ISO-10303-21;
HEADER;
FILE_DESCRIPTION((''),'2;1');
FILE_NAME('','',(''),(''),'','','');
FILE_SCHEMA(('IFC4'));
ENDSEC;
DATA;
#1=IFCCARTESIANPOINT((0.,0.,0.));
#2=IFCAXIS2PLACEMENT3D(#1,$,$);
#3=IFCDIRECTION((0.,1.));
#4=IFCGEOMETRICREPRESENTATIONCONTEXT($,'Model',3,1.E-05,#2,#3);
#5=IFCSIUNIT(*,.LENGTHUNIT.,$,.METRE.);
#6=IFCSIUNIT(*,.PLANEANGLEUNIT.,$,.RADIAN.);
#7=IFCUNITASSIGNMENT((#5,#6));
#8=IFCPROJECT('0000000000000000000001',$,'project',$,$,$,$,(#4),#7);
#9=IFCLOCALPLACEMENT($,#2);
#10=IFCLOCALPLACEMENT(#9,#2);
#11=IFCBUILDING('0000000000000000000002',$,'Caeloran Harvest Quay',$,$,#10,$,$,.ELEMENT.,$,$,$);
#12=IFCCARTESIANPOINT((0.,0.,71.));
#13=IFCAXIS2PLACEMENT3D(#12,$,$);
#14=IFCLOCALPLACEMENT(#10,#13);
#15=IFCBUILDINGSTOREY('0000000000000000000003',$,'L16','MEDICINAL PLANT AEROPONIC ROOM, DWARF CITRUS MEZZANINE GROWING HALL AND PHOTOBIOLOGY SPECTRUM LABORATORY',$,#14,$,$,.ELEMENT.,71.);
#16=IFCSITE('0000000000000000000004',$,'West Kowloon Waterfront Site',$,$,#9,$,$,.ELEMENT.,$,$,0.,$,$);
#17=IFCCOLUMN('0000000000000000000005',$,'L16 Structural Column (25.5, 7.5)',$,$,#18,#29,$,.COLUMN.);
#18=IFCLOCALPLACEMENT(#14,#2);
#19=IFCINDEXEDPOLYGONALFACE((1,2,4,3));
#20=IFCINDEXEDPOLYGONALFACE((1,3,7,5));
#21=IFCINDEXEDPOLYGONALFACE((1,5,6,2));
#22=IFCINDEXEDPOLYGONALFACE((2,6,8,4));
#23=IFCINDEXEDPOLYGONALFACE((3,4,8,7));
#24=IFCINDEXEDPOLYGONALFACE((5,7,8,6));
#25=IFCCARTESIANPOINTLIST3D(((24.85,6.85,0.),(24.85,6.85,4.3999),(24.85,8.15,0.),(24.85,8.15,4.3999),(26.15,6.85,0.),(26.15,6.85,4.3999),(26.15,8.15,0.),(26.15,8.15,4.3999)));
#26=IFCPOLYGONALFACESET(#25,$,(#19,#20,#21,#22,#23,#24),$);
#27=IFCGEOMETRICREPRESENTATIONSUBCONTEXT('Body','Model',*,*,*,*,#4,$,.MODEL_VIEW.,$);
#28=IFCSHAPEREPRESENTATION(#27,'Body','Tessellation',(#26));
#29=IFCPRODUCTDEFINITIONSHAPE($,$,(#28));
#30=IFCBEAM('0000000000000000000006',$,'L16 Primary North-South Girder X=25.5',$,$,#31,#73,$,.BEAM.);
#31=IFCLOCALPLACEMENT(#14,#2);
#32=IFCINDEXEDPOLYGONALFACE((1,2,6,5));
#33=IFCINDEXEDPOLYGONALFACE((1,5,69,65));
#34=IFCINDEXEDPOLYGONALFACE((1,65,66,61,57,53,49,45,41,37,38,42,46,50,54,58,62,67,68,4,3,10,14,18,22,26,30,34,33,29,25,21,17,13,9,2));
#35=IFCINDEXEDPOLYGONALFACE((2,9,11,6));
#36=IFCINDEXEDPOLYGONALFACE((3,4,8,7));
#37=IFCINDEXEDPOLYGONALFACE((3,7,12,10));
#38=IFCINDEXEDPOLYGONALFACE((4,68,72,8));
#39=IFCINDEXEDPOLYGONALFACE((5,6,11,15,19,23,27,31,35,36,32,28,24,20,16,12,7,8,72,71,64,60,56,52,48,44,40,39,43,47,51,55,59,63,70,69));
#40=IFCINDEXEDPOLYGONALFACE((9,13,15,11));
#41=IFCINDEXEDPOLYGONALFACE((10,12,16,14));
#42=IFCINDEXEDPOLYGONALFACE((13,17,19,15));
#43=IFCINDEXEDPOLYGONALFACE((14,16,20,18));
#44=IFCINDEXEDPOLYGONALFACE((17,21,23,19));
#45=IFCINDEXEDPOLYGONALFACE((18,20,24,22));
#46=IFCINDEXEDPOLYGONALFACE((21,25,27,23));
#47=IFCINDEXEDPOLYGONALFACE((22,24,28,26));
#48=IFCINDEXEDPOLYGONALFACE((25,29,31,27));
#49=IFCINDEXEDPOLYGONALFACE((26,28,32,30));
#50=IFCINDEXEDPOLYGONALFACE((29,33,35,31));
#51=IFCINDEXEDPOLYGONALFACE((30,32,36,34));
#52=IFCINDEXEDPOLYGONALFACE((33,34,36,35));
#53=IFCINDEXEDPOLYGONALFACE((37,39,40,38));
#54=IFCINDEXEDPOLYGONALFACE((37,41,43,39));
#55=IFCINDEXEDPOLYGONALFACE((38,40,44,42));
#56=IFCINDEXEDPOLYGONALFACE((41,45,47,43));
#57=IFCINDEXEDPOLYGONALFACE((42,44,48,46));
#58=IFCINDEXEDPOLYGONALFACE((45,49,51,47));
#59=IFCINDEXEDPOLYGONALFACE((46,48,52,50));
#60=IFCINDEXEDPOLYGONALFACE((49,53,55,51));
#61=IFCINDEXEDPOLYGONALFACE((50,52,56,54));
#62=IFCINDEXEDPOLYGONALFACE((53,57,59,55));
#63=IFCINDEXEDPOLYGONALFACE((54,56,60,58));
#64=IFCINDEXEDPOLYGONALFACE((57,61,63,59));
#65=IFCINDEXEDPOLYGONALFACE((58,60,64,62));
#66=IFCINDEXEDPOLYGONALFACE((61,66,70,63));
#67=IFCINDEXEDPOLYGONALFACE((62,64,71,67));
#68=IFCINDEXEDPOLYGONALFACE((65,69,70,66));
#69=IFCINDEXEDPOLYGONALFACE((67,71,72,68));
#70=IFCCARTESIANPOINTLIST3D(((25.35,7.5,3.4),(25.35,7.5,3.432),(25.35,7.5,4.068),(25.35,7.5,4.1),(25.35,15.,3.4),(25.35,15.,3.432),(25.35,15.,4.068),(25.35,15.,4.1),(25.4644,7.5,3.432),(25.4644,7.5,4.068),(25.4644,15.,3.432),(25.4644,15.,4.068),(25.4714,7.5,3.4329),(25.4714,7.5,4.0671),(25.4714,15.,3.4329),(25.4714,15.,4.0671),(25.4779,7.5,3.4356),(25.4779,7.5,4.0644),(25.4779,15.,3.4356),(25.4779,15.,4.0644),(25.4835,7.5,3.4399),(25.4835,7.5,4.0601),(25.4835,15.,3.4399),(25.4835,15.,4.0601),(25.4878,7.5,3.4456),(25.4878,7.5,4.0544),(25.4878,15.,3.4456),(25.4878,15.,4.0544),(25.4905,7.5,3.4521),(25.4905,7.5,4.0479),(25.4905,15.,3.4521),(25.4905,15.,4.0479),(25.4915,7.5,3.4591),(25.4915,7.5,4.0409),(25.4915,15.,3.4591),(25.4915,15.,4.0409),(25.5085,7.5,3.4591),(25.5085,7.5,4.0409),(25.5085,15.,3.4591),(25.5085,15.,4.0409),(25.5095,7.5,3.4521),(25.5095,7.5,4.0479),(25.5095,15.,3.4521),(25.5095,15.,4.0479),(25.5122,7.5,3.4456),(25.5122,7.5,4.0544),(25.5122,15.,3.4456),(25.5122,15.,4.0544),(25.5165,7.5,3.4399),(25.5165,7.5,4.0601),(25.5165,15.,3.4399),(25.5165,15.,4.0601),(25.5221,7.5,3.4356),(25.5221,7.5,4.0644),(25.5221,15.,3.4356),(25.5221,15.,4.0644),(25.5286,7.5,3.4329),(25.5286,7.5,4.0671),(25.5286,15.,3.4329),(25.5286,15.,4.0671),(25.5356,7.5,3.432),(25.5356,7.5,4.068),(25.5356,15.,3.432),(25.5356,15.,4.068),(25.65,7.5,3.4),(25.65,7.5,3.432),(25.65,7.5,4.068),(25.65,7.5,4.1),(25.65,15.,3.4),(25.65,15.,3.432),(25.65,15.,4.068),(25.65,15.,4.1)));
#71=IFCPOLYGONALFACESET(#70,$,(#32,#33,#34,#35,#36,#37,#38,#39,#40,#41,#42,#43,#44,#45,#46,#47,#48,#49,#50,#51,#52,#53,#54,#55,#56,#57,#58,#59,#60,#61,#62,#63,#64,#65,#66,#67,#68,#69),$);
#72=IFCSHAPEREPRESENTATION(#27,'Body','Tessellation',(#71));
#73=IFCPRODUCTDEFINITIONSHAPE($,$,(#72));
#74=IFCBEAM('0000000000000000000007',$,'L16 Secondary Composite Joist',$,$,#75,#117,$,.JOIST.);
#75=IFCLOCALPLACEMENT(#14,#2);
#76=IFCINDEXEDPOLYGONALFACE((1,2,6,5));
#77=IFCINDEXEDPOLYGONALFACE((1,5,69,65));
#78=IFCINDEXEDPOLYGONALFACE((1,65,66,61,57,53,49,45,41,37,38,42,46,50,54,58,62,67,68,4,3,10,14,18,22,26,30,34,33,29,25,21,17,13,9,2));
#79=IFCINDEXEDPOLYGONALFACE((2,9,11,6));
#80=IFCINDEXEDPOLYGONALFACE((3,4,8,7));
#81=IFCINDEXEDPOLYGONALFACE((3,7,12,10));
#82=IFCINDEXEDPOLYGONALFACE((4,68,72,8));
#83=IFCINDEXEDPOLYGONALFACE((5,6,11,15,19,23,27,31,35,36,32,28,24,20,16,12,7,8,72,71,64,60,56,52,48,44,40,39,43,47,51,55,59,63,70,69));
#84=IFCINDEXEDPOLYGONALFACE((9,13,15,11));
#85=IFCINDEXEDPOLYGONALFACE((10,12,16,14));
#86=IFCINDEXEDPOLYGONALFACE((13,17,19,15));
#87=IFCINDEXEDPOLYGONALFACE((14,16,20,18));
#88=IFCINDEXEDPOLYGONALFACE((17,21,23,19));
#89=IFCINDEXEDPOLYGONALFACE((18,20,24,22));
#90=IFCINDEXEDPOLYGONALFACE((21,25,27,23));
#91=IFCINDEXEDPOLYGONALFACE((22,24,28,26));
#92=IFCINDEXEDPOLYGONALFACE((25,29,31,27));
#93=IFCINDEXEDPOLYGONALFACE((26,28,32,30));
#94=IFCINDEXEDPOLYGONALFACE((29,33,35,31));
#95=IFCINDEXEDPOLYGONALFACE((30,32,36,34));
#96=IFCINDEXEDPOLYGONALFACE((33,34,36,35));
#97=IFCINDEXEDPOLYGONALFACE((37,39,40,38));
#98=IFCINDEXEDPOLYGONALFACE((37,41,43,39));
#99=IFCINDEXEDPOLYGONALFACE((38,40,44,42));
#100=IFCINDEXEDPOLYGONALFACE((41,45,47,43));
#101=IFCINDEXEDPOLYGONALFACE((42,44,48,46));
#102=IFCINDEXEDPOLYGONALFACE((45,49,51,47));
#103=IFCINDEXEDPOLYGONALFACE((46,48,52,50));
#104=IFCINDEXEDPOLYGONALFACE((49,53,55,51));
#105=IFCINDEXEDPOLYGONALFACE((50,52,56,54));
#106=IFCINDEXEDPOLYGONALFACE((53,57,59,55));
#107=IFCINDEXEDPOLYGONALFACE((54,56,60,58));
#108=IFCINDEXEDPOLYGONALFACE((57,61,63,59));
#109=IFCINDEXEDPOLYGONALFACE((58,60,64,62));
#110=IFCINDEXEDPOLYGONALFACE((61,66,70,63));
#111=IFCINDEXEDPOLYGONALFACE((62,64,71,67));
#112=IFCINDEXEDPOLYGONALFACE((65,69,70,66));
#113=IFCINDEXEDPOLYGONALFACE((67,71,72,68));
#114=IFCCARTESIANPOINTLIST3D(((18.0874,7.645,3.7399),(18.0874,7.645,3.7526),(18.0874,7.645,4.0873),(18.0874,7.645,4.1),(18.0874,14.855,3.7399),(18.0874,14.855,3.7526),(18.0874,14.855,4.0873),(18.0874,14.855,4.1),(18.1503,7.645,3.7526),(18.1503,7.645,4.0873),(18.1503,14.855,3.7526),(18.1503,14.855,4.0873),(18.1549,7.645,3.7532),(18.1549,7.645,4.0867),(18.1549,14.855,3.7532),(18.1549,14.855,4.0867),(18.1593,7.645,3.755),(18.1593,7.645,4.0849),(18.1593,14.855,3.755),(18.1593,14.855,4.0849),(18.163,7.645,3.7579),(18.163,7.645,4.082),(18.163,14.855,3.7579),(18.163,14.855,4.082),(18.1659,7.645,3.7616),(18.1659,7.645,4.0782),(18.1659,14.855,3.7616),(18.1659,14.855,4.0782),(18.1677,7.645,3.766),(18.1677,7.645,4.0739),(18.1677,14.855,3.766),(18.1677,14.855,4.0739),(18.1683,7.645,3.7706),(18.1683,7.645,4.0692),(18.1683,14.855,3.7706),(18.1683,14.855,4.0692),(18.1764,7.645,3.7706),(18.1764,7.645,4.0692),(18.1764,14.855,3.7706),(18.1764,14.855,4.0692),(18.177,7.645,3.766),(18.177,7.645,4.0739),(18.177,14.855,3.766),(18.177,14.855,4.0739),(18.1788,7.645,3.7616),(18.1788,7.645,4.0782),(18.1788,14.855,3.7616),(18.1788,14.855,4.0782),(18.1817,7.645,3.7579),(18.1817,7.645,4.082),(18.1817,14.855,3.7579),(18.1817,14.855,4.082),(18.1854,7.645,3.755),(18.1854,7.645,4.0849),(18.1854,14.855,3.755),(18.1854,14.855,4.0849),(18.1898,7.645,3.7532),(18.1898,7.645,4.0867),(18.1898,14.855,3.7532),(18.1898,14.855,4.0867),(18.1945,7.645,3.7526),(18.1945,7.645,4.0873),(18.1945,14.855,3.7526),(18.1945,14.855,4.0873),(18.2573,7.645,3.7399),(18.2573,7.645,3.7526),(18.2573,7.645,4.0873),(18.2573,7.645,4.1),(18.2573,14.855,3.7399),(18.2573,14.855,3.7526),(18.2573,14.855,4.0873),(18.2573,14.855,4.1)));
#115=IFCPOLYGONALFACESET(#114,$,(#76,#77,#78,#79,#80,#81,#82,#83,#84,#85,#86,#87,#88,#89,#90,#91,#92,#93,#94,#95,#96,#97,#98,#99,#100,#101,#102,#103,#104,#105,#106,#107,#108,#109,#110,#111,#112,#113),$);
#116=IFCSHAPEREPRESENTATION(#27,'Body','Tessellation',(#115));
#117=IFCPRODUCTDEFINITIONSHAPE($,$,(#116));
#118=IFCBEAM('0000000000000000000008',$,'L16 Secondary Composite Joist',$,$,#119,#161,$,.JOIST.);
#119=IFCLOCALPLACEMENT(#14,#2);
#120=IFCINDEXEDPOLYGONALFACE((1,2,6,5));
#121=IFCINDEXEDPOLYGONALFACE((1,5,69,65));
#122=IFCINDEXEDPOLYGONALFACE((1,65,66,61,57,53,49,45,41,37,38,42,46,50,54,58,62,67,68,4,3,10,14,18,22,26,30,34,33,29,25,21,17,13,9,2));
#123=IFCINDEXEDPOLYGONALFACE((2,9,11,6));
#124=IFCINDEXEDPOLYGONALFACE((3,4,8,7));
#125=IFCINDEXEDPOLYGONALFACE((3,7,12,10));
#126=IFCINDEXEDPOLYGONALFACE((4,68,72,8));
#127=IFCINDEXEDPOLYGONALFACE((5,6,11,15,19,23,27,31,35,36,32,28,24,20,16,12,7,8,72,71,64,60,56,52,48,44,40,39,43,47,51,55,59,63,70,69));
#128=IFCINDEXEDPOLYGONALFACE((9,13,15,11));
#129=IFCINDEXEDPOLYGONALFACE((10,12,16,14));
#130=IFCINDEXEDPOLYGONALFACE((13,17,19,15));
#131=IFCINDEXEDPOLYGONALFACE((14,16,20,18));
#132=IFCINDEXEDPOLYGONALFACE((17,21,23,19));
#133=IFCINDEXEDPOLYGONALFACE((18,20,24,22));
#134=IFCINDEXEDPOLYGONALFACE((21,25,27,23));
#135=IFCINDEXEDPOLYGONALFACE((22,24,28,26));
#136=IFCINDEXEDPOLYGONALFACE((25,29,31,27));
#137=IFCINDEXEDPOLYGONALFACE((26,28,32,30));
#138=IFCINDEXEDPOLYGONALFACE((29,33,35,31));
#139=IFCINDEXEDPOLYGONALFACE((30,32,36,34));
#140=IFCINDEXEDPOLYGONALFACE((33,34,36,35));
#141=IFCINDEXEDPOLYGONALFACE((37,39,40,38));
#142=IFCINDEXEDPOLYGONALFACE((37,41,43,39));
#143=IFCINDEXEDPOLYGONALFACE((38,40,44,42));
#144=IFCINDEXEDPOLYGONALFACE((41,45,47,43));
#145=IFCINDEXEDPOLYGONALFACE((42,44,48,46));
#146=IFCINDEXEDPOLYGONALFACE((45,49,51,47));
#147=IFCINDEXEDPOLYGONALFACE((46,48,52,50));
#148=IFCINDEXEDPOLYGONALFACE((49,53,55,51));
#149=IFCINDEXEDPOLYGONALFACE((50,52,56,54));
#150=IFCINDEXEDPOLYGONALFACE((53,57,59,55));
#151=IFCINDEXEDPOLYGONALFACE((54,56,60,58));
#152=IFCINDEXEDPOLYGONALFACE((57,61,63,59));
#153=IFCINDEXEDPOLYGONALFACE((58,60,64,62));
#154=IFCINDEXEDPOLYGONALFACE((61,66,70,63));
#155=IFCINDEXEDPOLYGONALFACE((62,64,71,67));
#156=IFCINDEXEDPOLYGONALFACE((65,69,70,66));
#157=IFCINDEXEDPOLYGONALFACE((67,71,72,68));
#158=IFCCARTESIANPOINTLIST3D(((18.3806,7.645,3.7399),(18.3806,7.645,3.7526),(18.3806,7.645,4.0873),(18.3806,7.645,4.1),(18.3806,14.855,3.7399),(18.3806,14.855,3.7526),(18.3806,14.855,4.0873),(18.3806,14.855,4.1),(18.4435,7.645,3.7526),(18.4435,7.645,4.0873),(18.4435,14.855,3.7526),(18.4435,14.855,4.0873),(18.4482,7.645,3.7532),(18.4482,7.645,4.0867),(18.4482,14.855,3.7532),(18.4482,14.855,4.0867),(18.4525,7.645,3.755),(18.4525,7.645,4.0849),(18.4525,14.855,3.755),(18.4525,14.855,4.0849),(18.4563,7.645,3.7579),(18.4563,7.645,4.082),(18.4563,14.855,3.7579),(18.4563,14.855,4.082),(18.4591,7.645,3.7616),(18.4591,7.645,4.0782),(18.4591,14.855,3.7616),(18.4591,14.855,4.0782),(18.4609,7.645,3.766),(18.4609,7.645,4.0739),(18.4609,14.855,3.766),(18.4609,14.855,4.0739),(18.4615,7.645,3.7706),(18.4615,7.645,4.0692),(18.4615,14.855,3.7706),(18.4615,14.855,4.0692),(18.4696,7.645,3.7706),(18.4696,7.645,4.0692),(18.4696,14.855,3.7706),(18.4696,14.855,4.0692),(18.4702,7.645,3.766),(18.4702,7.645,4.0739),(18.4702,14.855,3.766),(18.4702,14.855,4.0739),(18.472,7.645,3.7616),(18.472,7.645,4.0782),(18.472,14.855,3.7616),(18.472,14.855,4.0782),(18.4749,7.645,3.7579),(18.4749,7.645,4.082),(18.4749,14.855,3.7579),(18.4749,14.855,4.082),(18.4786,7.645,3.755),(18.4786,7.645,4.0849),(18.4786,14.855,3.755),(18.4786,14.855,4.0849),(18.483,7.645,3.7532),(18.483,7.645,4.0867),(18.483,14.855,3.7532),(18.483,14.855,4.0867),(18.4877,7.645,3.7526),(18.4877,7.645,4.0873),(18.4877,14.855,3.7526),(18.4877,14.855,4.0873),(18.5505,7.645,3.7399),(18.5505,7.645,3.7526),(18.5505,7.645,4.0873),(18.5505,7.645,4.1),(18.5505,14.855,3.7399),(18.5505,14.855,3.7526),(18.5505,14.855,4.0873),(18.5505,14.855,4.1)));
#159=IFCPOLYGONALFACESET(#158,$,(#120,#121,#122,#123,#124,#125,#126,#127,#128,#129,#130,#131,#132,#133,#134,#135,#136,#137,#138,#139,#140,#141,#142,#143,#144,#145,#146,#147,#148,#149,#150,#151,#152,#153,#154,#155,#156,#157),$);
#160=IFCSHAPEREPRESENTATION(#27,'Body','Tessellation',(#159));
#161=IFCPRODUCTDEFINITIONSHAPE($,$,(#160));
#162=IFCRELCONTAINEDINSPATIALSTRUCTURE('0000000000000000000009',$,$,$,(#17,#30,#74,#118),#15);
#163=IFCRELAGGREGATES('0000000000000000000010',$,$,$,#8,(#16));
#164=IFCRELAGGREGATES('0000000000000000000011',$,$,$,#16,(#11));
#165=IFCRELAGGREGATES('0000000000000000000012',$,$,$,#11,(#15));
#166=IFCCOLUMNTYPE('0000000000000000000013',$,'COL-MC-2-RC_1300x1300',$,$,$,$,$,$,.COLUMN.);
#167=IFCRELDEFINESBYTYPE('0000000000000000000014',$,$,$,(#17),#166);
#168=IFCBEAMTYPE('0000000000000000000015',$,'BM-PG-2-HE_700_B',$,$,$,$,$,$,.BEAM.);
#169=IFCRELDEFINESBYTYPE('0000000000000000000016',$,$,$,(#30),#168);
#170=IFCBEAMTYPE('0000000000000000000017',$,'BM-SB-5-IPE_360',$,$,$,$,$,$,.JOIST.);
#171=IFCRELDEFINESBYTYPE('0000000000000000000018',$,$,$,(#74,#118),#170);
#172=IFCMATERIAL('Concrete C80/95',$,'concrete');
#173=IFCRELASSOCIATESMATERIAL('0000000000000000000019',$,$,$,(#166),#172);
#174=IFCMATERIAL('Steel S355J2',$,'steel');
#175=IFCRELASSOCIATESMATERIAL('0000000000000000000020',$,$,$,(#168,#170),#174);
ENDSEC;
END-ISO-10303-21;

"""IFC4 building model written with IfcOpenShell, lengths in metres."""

from ifc_helpers import new_model, si_unit, direction, frame, origin, origin_2d, place, context, subcontext, project, spatial, rectangle, i_section, extrude, material, material_profile, profile_set, type_object, element, save


model = new_model("IFC4")

# Units and contexts
model_context = context("Model", 3, precision=1e-05, world=origin(), true_north=direction((0.0, 1.0)))
body_context = subcontext(model_context, "Body", "Model", "MODEL_VIEW")
ifc_project = project(units=[si_unit("LENGTHUNIT", "METRE"), si_unit("PLANEANGLEUNIT", "RADIAN")], contexts=[model_context])

# Site, building, storey
site_placement = place(None, origin())
site = spatial("IfcSite", under=ifc_project, at=site_placement, Name="West Kowloon Waterfront Site", CompositionType="ELEMENT", RefElevation=0.0)
building_placement = place(site_placement, origin())
building = spatial("IfcBuilding", under=site, at=building_placement, Name="Caeloran Harvest Quay", CompositionType="ELEMENT")
storey_placement = place(building_placement, frame((0.0, 0.0, 71.0)))
storey = spatial("IfcBuildingStorey", under=building, at=storey_placement, Name="L16", Description="MEDICINAL PLANT AEROPONIC ROOM, DWARF CITRUS MEZZANINE GROWING HALL AND PHOTOBIOLOGY SPECTRUM LABORATORY", CompositionType="ELEMENT", Elevation=71.0)

# Column
ifc_material_1 = material(Name="Concrete C80/95", Category="concrete")
ifc_material_profile_1 = material_profile(ifc_material_1, rectangle(XDim=1.3, YDim=1.3, at=origin_2d()), Name="RC 1300x1300")
ifc_profile_set_1 = profile_set([ifc_material_profile_1], Name="Concrete C80/95")
column_type = type_object("IfcColumnType", Name="COL-MC-2-RC_1300x1300", PredefinedType="COLUMN", material=ifc_profile_set_1)
column_placement = place(storey_placement, frame((25.5, 7.5, 0.0), z_axis=(0.0, 0.0, 1.0), x_axis=(1.0, 0.0, 0.0)))
element("IfcColumn", 1, at=column_placement, inside=storey, type_object=column_type, Name="L16 Structural Column (25.5, 7.5)", PredefinedType="COLUMN", context=body_context, shape_type="SweptSolid", body=[
    extrude(rectangle(XDim=1.3, YDim=1.3, at=origin_2d()), origin(), (0.0, 0.0, 1.0), 4.3999),
])

# Beams
ifc_material_2 = material(Name="Steel S355J2", Category="steel")
ifc_material_profile_2 = material_profile(ifc_material_2, i_section(OverallWidth=0.3, OverallDepth=0.7, WebThickness=0.0171, FlangeThickness=0.032, FilletRadius=0.0271, at=origin_2d()), Name="HE 700 B")
ifc_profile_set_2 = profile_set([ifc_material_profile_2], Name="Steel S355J2")
beam_type_1 = type_object("IfcBeamType", Name="BM-PG-2-HE_700_B", PredefinedType="BEAM", material=ifc_profile_set_2)
beam_placement = place(storey_placement, frame((25.5, 7.5, 3.75), z_axis=(0.0, 1.0, 0.0), x_axis=(-1.0, 0.0, 0.0)))
element("IfcBeam", 2, at=beam_placement, inside=storey, type_object=beam_type_1, Name="L16 Primary North-South Girder X=25.5", PredefinedType="BEAM", context=body_context, shape_type="SweptSolid", body=[
    extrude(i_section(OverallWidth=0.3, OverallDepth=0.7, WebThickness=0.0171, FlangeThickness=0.032, FilletRadius=0.0271, at=origin_2d()), origin(), (0.0, 0.0, 1.0), 7.5),
])
ifc_material_profile_3 = material_profile(ifc_material_2, i_section(OverallWidth=0.1699, OverallDepth=0.3601, WebThickness=0.0081, FlangeThickness=0.0127, FilletRadius=0.0181, at=origin_2d()), Name="IPE 360")
ifc_profile_set_3 = profile_set([ifc_material_profile_3], Name="Steel S355J2")
beam_type_2 = type_object("IfcBeamType", Name="BM-SB-5-IPE_360", PredefinedType="JOIST", material=ifc_profile_set_3)
for number, where, z_axis, x_axis, name in (
    (3, (18.1724, 7.645, 3.9199), (0.0, 1.0, 0.0), (-1.0, 0.0, 0.0), "L16 Secondary Composite Joist"),
    (4, (18.4656, 7.645, 3.9199), (0.0, 1.0, 0.0), (-1.0, 0.0, 0.0), "L16 Secondary Composite Joist"),
):
    element("IfcBeam", number, at=place(storey_placement, frame(where, z_axis=z_axis, x_axis=x_axis)), inside=storey, type_object=beam_type_2, Name=name, PredefinedType="JOIST", context=body_context, shape_type="SweptSolid", body=[
        extrude(i_section(OverallWidth=0.1699, OverallDepth=0.3601, WebThickness=0.0081, FlangeThickness=0.0127, FilletRadius=0.0181, at=origin_2d()), origin(), (0.0, 0.0, 1.0), 7.21),
    ])

save(model, "model.ifc")
